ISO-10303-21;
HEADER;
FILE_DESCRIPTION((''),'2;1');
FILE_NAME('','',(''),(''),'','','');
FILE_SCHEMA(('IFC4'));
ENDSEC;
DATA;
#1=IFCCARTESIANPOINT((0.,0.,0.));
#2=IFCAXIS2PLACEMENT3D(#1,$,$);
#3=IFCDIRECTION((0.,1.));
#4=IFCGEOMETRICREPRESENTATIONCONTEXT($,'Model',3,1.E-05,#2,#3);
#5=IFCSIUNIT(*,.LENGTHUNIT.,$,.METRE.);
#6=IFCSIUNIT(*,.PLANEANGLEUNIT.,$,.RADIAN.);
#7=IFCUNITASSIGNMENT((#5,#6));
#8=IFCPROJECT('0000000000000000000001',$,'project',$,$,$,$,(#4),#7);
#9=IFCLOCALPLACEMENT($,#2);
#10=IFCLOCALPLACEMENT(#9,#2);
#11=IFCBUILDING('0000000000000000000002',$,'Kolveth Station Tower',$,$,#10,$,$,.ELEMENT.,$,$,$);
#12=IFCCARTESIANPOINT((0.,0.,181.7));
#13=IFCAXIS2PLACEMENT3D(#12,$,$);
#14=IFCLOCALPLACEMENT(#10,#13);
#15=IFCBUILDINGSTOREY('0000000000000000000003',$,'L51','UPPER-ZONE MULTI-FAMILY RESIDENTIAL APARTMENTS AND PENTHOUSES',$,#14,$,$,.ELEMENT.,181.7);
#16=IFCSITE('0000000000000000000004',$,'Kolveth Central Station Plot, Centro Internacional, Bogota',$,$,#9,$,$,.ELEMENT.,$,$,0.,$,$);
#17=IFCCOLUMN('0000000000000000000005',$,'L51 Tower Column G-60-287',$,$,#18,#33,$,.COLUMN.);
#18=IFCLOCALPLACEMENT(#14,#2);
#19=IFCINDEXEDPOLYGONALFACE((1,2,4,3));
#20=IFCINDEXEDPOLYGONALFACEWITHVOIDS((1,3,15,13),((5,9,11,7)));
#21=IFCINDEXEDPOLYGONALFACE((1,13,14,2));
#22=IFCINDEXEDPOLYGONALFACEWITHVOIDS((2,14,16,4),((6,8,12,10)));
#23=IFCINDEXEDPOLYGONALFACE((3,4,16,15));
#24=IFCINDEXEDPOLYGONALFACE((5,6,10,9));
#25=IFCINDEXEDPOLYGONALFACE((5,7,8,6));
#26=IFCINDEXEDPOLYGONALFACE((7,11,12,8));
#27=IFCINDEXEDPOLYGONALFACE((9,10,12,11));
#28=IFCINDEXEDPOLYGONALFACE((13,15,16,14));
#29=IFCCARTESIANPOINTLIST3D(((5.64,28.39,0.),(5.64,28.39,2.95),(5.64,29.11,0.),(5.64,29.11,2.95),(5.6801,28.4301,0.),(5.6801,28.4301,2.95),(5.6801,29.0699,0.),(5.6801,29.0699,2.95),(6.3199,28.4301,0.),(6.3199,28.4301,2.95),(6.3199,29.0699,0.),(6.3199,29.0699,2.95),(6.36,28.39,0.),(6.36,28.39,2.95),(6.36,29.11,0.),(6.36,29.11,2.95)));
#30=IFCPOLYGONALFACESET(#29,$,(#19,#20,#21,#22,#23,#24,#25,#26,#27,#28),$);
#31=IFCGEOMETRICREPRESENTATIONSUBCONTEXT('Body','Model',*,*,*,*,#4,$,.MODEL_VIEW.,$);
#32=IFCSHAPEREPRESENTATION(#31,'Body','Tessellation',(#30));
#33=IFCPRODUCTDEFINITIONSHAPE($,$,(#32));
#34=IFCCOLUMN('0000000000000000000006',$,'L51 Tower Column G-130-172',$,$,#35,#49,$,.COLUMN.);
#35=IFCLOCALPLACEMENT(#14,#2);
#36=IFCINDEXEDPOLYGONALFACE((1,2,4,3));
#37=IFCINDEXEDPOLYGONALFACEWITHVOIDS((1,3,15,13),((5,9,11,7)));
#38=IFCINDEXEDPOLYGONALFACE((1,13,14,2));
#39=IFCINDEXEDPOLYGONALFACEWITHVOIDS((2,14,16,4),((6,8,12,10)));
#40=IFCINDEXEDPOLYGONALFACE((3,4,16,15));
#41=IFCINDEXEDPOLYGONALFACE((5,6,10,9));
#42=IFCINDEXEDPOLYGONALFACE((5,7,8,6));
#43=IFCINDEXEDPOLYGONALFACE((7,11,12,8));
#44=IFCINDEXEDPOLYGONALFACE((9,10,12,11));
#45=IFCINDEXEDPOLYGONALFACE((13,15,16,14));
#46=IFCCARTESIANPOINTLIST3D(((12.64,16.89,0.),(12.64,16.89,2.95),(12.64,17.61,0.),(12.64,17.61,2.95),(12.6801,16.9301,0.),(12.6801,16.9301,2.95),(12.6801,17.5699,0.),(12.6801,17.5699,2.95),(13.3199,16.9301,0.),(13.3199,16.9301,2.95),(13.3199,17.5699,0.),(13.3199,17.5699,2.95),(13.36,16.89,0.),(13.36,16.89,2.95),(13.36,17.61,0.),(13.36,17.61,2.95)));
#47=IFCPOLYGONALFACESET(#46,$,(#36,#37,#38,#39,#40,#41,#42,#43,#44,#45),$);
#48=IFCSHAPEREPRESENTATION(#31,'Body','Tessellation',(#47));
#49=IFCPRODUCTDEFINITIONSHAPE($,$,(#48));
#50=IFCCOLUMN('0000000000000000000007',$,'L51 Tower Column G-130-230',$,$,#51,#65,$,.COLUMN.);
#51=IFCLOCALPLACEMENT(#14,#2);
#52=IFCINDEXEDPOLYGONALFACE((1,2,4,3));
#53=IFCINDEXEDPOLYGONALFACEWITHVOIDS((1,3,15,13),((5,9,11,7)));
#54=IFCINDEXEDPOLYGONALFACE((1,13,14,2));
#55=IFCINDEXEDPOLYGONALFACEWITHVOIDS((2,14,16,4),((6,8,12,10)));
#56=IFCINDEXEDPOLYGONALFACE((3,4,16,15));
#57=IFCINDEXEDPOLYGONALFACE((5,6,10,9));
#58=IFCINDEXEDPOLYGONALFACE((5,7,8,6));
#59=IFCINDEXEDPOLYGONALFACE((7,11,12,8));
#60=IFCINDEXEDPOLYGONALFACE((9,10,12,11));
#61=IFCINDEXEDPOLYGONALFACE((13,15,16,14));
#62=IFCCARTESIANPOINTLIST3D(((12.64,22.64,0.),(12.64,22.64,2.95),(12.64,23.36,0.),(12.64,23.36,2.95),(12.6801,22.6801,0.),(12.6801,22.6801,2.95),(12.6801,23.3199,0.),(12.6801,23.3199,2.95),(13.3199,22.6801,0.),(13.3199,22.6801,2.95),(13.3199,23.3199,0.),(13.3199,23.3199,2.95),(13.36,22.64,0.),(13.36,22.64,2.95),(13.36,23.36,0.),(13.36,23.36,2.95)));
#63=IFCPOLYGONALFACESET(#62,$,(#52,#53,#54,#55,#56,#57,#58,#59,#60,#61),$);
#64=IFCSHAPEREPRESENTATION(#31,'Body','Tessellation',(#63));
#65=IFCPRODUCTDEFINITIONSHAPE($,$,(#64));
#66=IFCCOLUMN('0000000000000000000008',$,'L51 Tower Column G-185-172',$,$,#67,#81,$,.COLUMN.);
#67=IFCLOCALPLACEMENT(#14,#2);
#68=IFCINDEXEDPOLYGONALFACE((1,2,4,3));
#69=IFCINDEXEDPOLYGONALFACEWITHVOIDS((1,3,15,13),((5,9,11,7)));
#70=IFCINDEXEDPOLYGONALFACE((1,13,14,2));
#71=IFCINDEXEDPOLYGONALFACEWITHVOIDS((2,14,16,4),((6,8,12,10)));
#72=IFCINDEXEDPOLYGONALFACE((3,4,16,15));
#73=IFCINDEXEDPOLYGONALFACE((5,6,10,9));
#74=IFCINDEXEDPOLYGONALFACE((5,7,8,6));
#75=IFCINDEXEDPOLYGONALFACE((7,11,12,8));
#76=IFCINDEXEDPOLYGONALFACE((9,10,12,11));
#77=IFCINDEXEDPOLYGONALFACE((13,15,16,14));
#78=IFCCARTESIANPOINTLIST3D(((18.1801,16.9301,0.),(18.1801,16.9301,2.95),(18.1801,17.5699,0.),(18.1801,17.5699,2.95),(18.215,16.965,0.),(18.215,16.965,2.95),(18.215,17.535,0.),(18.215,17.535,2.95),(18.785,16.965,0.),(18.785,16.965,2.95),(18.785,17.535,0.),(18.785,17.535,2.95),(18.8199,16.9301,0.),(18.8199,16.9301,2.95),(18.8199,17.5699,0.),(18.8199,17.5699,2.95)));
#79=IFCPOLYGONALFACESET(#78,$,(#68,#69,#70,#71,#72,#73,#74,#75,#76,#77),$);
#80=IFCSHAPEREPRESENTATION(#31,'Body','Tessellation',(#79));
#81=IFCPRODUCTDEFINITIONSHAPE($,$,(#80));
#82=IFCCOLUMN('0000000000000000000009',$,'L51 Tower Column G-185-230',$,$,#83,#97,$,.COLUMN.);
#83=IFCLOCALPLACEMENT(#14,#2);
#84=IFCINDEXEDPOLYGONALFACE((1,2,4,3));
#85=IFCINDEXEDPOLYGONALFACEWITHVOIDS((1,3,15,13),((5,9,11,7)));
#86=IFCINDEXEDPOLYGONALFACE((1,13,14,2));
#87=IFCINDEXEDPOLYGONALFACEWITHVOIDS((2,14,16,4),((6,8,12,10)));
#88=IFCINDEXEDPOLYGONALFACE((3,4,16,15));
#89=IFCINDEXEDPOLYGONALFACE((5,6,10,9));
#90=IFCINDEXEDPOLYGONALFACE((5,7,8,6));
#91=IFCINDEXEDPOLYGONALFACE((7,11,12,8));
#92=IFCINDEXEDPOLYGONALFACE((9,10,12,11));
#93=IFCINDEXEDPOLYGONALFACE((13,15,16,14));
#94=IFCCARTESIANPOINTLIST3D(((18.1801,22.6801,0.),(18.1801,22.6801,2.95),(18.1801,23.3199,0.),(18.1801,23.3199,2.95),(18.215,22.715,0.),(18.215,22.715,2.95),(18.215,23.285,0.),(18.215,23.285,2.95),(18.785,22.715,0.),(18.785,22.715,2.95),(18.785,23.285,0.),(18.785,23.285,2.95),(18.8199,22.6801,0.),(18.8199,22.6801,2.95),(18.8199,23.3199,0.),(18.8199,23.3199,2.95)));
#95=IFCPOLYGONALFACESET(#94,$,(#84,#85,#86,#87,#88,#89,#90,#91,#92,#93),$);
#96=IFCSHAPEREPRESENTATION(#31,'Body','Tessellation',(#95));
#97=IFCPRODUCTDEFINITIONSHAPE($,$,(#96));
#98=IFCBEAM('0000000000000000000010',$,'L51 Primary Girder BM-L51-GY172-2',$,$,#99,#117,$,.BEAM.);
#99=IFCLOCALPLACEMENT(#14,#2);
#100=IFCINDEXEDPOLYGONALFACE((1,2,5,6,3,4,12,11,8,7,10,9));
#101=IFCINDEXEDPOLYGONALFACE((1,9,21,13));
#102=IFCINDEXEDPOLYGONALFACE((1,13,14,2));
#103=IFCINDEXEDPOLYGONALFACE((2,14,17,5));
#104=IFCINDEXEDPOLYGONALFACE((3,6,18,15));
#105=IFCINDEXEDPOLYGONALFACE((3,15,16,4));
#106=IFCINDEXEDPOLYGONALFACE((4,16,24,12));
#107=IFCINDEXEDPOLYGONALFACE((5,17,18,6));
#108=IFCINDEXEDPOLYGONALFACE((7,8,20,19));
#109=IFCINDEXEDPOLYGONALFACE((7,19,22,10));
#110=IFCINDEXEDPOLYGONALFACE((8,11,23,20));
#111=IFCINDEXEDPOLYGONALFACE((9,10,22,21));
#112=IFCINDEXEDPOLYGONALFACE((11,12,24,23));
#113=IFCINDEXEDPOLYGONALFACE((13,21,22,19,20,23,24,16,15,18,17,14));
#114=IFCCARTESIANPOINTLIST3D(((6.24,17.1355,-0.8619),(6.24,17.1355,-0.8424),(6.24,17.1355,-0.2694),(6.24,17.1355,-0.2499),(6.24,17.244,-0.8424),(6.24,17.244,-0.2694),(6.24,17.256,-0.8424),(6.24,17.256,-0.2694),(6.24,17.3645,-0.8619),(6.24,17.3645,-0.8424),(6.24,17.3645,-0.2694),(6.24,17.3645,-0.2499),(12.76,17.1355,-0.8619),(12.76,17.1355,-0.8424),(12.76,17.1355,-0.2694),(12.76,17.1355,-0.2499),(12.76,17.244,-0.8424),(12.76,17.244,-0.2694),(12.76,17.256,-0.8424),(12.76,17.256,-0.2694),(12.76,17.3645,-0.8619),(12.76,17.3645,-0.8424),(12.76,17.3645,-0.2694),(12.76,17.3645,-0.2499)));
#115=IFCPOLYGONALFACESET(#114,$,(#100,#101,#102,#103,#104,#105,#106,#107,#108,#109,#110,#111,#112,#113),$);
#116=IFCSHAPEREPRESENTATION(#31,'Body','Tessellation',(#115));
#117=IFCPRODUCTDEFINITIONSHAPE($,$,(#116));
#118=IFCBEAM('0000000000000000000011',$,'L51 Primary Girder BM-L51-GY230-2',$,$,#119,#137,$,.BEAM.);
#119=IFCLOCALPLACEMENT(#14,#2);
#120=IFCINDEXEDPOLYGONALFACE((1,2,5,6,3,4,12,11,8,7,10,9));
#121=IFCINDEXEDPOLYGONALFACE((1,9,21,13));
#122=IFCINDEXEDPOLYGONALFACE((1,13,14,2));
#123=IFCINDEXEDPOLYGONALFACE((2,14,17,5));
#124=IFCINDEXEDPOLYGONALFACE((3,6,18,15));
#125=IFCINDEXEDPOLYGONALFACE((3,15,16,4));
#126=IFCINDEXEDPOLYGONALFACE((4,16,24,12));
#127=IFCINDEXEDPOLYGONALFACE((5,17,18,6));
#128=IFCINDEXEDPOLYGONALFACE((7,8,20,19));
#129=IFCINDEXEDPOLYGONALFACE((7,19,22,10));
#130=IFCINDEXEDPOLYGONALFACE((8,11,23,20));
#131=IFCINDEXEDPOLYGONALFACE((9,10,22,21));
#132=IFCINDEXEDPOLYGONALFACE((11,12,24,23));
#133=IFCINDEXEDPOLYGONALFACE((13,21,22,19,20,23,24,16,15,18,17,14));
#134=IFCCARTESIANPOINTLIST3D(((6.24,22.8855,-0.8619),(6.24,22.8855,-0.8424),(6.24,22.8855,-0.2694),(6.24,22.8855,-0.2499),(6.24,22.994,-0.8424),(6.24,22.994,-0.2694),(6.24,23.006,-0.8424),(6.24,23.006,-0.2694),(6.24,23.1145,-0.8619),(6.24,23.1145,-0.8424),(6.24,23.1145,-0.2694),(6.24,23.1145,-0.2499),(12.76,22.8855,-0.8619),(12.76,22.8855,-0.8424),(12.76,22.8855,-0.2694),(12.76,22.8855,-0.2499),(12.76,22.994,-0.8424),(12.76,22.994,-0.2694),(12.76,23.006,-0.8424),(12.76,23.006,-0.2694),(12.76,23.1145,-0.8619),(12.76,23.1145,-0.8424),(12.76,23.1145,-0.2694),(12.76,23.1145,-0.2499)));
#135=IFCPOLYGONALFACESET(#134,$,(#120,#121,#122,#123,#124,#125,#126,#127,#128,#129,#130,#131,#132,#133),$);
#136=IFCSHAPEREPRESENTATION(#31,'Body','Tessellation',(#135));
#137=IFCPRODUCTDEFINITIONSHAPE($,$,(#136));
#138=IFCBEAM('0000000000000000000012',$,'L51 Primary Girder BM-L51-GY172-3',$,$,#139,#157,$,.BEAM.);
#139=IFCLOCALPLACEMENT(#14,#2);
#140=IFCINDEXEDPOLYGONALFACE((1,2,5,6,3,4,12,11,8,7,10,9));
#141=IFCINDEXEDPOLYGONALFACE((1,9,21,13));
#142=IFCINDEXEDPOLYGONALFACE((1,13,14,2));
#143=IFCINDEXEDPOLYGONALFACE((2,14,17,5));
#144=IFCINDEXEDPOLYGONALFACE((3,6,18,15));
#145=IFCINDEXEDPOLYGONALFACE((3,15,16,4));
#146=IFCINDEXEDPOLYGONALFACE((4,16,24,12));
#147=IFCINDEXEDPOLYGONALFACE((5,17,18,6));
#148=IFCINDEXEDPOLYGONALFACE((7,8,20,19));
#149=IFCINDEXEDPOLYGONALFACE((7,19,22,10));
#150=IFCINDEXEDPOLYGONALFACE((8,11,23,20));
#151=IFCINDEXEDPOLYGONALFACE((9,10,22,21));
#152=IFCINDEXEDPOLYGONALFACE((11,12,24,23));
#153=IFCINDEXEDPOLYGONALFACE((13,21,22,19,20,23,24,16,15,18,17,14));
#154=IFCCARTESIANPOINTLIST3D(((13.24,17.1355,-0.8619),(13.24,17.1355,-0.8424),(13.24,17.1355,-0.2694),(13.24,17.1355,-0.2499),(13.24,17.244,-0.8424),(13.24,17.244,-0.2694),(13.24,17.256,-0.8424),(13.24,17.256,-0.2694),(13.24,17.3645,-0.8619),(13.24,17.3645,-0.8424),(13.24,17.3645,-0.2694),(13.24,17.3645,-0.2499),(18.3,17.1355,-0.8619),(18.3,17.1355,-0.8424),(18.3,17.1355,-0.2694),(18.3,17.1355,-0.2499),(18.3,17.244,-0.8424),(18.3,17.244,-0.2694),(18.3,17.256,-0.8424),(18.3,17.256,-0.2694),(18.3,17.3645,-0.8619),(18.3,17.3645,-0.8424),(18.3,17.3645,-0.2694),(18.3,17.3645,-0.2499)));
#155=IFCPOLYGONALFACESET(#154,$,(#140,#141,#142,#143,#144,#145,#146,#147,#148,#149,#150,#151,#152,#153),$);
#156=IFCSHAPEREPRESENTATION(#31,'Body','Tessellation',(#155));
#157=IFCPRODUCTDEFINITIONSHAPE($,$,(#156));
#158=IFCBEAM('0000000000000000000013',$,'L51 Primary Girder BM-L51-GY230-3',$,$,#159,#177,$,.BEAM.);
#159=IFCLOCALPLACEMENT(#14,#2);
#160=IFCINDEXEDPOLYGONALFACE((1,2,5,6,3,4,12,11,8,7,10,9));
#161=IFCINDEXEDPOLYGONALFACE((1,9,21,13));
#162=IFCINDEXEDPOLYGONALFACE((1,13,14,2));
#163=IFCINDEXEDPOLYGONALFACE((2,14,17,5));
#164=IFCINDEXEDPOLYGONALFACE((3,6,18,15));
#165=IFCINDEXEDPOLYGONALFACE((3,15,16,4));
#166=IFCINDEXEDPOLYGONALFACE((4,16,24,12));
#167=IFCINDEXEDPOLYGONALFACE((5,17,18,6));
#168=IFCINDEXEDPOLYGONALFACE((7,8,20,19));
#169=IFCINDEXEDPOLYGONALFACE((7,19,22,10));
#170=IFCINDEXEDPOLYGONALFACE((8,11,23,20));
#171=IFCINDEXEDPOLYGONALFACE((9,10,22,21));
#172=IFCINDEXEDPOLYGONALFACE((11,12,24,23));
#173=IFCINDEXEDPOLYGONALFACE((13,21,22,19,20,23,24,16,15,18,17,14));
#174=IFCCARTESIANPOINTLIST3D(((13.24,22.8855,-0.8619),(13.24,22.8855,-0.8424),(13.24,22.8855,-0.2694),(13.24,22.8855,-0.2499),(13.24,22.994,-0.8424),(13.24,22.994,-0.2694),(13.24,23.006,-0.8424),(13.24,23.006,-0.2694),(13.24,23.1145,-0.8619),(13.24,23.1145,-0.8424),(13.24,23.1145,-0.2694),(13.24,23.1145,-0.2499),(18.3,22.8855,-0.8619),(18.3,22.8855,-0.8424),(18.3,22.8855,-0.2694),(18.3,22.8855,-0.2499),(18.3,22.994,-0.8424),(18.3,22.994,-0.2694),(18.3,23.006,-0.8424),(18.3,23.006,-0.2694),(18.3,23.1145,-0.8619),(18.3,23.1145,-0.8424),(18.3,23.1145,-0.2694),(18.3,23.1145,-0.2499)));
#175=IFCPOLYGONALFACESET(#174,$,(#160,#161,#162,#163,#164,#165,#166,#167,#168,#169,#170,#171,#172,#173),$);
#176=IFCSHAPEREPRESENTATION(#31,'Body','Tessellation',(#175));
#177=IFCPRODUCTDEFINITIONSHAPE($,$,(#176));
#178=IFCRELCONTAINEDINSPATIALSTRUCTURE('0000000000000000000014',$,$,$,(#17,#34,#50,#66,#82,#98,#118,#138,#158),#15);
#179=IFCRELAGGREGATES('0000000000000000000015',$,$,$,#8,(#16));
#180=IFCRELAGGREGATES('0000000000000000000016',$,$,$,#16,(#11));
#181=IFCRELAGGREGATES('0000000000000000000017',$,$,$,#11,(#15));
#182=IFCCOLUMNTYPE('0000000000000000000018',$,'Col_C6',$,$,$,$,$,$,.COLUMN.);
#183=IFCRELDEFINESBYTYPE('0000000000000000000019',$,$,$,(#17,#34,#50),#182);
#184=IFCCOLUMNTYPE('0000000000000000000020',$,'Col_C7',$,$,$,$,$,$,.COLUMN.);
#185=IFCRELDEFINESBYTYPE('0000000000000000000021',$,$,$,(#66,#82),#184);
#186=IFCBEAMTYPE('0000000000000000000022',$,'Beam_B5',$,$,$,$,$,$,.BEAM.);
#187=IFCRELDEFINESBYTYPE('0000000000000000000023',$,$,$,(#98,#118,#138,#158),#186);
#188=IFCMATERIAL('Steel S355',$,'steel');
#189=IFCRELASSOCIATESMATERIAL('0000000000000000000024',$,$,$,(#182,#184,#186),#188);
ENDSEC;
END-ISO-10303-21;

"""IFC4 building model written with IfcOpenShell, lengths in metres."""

from ifc_helpers import new_model, si_unit, direction, frame, origin, origin_2d, place, context, subcontext, project, spatial, hollow_rectangle, i_section, extrude, source, transform, mapped, material, material_profile, profile_set, type_object, element, save


model = new_model("IFC4")

# Units and contexts
model_context = context("Model", 3, precision=1e-05, world=origin(), true_north=direction((0.0, 1.0)))
body_context = subcontext(model_context, "Body", "Model", "MODEL_VIEW")
ifc_project = project(units=[si_unit("LENGTHUNIT", "METRE"), si_unit("PLANEANGLEUNIT", "RADIAN")], contexts=[model_context])

# Site, building, storey
site_placement = place(None, origin())
site = spatial("IfcSite", under=ifc_project, at=site_placement, Name="Kolveth Central Station Plot, Centro Internacional, Bogota", CompositionType="ELEMENT", RefElevation=0.0)
building_placement = place(site_placement, origin())
building = spatial("IfcBuilding", under=site, at=building_placement, Name="Kolveth Station Tower", CompositionType="ELEMENT")
storey_placement = place(building_placement, frame((0.0, 0.0, 181.7)))
storey = spatial("IfcBuildingStorey", under=building, at=storey_placement, Name="L51", Description="UPPER-ZONE MULTI-FAMILY RESIDENTIAL APARTMENTS AND PENTHOUSES", CompositionType="ELEMENT", Elevation=181.7)

# Columns
ifc_material_1 = material(Name="Steel S355", Category="steel")
ifc_material_profile_1 = material_profile(ifc_material_1, hollow_rectangle(XDim=0.72, YDim=0.72, WallThickness=0.04, at=origin_2d()), Name="BOX720x720x40")
ifc_profile_set_1 = profile_set([ifc_material_profile_1], Name="Steel S355")
column_type_1 = type_object("IfcColumnType", Name="Col_C6", PredefinedType="COLUMN", material=ifc_profile_set_1)
shared_shape_1 = source(origin(), body_context, "Body", "SweptSolid", [
    extrude(hollow_rectangle(XDim=0.72, YDim=0.72, WallThickness=0.04, at=origin_2d()), origin(), (0.0, 0.0, 1.0), 2.95),
])
for number, where, z_axis, x_axis, name in (
    (1, (6.0, 28.75, 0.0), (0.0, 0.0, 1.0), (1.0, 0.0, 0.0), "L51 Tower Column G-60-287"),
    (2, (13.0, 17.25, 0.0), (0.0, 0.0, 1.0), (1.0, 0.0, 0.0), "L51 Tower Column G-130-172"),
    (3, (13.0, 23.0, 0.0), (0.0, 0.0, 1.0), (1.0, 0.0, 0.0), "L51 Tower Column G-130-230"),
):
    element("IfcColumn", number, at=place(storey_placement, frame(where, z_axis=z_axis, x_axis=x_axis)), inside=storey, type_object=column_type_1, Name=name, PredefinedType="COLUMN", context=body_context, shape_type="MappedRepresentation", body=[
        mapped(shared_shape_1, transform((0.0, 0.0, 0.0), x_axis=(1.0, 0.0, 0.0), y_axis=(0.0, 1.0, 0.0), z_axis=(0.0, 0.0, 1.0), scale=1.0)),
    ])
ifc_material_profile_2 = material_profile(ifc_material_1, hollow_rectangle(XDim=0.6399, YDim=0.6399, WallThickness=0.0349, at=origin_2d()), Name="BOX640x640x35")
ifc_profile_set_2 = profile_set([ifc_material_profile_2], Name="Steel S355")
column_type_2 = type_object("IfcColumnType", Name="Col_C7", PredefinedType="COLUMN", material=ifc_profile_set_2)
shared_shape_2 = source(origin(), body_context, "Body", "SweptSolid", [
    extrude(hollow_rectangle(XDim=0.6399, YDim=0.6399, WallThickness=0.0349, at=origin_2d()), origin(), (0.0, 0.0, 1.0), 2.95),
])
for number, where, z_axis, x_axis, name in (
    (4, (18.5, 17.25, 0.0), (0.0, 0.0, 1.0), (1.0, 0.0, 0.0), "L51 Tower Column G-185-172"),
    (5, (18.5, 23.0, 0.0), (0.0, 0.0, 1.0), (1.0, 0.0, 0.0), "L51 Tower Column G-185-230"),
):
    element("IfcColumn", number, at=place(storey_placement, frame(where, z_axis=z_axis, x_axis=x_axis)), inside=storey, type_object=column_type_2, Name=name, PredefinedType="COLUMN", context=body_context, shape_type="MappedRepresentation", body=[
        mapped(shared_shape_2, transform((0.0, 0.0, 0.0), x_axis=(1.0, 0.0, 0.0), y_axis=(0.0, 1.0, 0.0), z_axis=(0.0, 0.0, 1.0), scale=1.0)),
    ])

# Beams
ifc_material_profile_3 = material_profile(ifc_material_1, i_section(OverallWidth=0.229, OverallDepth=0.6121, WebThickness=0.012, FlangeThickness=0.0195, at=origin_2d()), Name="W610x125")
ifc_profile_set_3 = profile_set([ifc_material_profile_3], Name="Steel S355")
beam_type_1 = type_object("IfcBeamType", Name="Beam_B5", PredefinedType="BEAM", material=ifc_profile_set_3)
shared_shape_3 = source(origin(), body_context, "Body", "SweptSolid", [
    extrude(i_section(OverallWidth=0.229, OverallDepth=0.6121, WebThickness=0.012, FlangeThickness=0.0195, at=origin_2d()), origin(), (0.0, 0.0, 1.0), 6.52),
])
for number, where, z_axis, x_axis, name in (
    (6, (6.24, 17.25, -0.5559), (1.0, 0.0, 0.0), (0.0, 1.0, 0.0), "L51 Primary Girder BM-L51-GY172-2"),
    (7, (6.24, 23.0, -0.5559), (1.0, 0.0, 0.0), (0.0, 1.0, 0.0), "L51 Primary Girder BM-L51-GY230-2"),
):
    element("IfcBeam", number, at=place(storey_placement, frame(where, z_axis=z_axis, x_axis=x_axis)), inside=storey, type_object=beam_type_1, Name=name, PredefinedType="BEAM", context=body_context, shape_type="MappedRepresentation", body=[
        mapped(shared_shape_3, transform((0.0, 0.0, 0.0), x_axis=(1.0, 0.0, 0.0), y_axis=(0.0, 1.0, 0.0), z_axis=(0.0, 0.0, 1.0), scale=1.0)),
    ])
shared_shape_4 = source(origin(), body_context, "Body", "SweptSolid", [
    extrude(i_section(OverallWidth=0.229, OverallDepth=0.6121, WebThickness=0.012, FlangeThickness=0.0195, at=origin_2d()), origin(), (0.0, 0.0, 1.0), 5.0601),
])
for number, where, z_axis, x_axis, name in (
    (8, (13.24, 17.25, -0.5559), (1.0, 0.0, 0.0), (0.0, 1.0, 0.0), "L51 Primary Girder BM-L51-GY172-3"),
    (9, (13.24, 23.0, -0.5559), (1.0, 0.0, 0.0), (0.0, 1.0, 0.0), "L51 Primary Girder BM-L51-GY230-3"),
):
    element("IfcBeam", number, at=place(storey_placement, frame(where, z_axis=z_axis, x_axis=x_axis)), inside=storey, type_object=beam_type_1, Name=name, PredefinedType="BEAM", context=body_context, shape_type="MappedRepresentation", body=[
        mapped(shared_shape_4, transform((0.0, 0.0, 0.0), x_axis=(1.0, 0.0, 0.0), y_axis=(0.0, 1.0, 0.0), z_axis=(0.0, 0.0, 1.0), scale=1.0)),
    ])

save(model, "model.ifc")
